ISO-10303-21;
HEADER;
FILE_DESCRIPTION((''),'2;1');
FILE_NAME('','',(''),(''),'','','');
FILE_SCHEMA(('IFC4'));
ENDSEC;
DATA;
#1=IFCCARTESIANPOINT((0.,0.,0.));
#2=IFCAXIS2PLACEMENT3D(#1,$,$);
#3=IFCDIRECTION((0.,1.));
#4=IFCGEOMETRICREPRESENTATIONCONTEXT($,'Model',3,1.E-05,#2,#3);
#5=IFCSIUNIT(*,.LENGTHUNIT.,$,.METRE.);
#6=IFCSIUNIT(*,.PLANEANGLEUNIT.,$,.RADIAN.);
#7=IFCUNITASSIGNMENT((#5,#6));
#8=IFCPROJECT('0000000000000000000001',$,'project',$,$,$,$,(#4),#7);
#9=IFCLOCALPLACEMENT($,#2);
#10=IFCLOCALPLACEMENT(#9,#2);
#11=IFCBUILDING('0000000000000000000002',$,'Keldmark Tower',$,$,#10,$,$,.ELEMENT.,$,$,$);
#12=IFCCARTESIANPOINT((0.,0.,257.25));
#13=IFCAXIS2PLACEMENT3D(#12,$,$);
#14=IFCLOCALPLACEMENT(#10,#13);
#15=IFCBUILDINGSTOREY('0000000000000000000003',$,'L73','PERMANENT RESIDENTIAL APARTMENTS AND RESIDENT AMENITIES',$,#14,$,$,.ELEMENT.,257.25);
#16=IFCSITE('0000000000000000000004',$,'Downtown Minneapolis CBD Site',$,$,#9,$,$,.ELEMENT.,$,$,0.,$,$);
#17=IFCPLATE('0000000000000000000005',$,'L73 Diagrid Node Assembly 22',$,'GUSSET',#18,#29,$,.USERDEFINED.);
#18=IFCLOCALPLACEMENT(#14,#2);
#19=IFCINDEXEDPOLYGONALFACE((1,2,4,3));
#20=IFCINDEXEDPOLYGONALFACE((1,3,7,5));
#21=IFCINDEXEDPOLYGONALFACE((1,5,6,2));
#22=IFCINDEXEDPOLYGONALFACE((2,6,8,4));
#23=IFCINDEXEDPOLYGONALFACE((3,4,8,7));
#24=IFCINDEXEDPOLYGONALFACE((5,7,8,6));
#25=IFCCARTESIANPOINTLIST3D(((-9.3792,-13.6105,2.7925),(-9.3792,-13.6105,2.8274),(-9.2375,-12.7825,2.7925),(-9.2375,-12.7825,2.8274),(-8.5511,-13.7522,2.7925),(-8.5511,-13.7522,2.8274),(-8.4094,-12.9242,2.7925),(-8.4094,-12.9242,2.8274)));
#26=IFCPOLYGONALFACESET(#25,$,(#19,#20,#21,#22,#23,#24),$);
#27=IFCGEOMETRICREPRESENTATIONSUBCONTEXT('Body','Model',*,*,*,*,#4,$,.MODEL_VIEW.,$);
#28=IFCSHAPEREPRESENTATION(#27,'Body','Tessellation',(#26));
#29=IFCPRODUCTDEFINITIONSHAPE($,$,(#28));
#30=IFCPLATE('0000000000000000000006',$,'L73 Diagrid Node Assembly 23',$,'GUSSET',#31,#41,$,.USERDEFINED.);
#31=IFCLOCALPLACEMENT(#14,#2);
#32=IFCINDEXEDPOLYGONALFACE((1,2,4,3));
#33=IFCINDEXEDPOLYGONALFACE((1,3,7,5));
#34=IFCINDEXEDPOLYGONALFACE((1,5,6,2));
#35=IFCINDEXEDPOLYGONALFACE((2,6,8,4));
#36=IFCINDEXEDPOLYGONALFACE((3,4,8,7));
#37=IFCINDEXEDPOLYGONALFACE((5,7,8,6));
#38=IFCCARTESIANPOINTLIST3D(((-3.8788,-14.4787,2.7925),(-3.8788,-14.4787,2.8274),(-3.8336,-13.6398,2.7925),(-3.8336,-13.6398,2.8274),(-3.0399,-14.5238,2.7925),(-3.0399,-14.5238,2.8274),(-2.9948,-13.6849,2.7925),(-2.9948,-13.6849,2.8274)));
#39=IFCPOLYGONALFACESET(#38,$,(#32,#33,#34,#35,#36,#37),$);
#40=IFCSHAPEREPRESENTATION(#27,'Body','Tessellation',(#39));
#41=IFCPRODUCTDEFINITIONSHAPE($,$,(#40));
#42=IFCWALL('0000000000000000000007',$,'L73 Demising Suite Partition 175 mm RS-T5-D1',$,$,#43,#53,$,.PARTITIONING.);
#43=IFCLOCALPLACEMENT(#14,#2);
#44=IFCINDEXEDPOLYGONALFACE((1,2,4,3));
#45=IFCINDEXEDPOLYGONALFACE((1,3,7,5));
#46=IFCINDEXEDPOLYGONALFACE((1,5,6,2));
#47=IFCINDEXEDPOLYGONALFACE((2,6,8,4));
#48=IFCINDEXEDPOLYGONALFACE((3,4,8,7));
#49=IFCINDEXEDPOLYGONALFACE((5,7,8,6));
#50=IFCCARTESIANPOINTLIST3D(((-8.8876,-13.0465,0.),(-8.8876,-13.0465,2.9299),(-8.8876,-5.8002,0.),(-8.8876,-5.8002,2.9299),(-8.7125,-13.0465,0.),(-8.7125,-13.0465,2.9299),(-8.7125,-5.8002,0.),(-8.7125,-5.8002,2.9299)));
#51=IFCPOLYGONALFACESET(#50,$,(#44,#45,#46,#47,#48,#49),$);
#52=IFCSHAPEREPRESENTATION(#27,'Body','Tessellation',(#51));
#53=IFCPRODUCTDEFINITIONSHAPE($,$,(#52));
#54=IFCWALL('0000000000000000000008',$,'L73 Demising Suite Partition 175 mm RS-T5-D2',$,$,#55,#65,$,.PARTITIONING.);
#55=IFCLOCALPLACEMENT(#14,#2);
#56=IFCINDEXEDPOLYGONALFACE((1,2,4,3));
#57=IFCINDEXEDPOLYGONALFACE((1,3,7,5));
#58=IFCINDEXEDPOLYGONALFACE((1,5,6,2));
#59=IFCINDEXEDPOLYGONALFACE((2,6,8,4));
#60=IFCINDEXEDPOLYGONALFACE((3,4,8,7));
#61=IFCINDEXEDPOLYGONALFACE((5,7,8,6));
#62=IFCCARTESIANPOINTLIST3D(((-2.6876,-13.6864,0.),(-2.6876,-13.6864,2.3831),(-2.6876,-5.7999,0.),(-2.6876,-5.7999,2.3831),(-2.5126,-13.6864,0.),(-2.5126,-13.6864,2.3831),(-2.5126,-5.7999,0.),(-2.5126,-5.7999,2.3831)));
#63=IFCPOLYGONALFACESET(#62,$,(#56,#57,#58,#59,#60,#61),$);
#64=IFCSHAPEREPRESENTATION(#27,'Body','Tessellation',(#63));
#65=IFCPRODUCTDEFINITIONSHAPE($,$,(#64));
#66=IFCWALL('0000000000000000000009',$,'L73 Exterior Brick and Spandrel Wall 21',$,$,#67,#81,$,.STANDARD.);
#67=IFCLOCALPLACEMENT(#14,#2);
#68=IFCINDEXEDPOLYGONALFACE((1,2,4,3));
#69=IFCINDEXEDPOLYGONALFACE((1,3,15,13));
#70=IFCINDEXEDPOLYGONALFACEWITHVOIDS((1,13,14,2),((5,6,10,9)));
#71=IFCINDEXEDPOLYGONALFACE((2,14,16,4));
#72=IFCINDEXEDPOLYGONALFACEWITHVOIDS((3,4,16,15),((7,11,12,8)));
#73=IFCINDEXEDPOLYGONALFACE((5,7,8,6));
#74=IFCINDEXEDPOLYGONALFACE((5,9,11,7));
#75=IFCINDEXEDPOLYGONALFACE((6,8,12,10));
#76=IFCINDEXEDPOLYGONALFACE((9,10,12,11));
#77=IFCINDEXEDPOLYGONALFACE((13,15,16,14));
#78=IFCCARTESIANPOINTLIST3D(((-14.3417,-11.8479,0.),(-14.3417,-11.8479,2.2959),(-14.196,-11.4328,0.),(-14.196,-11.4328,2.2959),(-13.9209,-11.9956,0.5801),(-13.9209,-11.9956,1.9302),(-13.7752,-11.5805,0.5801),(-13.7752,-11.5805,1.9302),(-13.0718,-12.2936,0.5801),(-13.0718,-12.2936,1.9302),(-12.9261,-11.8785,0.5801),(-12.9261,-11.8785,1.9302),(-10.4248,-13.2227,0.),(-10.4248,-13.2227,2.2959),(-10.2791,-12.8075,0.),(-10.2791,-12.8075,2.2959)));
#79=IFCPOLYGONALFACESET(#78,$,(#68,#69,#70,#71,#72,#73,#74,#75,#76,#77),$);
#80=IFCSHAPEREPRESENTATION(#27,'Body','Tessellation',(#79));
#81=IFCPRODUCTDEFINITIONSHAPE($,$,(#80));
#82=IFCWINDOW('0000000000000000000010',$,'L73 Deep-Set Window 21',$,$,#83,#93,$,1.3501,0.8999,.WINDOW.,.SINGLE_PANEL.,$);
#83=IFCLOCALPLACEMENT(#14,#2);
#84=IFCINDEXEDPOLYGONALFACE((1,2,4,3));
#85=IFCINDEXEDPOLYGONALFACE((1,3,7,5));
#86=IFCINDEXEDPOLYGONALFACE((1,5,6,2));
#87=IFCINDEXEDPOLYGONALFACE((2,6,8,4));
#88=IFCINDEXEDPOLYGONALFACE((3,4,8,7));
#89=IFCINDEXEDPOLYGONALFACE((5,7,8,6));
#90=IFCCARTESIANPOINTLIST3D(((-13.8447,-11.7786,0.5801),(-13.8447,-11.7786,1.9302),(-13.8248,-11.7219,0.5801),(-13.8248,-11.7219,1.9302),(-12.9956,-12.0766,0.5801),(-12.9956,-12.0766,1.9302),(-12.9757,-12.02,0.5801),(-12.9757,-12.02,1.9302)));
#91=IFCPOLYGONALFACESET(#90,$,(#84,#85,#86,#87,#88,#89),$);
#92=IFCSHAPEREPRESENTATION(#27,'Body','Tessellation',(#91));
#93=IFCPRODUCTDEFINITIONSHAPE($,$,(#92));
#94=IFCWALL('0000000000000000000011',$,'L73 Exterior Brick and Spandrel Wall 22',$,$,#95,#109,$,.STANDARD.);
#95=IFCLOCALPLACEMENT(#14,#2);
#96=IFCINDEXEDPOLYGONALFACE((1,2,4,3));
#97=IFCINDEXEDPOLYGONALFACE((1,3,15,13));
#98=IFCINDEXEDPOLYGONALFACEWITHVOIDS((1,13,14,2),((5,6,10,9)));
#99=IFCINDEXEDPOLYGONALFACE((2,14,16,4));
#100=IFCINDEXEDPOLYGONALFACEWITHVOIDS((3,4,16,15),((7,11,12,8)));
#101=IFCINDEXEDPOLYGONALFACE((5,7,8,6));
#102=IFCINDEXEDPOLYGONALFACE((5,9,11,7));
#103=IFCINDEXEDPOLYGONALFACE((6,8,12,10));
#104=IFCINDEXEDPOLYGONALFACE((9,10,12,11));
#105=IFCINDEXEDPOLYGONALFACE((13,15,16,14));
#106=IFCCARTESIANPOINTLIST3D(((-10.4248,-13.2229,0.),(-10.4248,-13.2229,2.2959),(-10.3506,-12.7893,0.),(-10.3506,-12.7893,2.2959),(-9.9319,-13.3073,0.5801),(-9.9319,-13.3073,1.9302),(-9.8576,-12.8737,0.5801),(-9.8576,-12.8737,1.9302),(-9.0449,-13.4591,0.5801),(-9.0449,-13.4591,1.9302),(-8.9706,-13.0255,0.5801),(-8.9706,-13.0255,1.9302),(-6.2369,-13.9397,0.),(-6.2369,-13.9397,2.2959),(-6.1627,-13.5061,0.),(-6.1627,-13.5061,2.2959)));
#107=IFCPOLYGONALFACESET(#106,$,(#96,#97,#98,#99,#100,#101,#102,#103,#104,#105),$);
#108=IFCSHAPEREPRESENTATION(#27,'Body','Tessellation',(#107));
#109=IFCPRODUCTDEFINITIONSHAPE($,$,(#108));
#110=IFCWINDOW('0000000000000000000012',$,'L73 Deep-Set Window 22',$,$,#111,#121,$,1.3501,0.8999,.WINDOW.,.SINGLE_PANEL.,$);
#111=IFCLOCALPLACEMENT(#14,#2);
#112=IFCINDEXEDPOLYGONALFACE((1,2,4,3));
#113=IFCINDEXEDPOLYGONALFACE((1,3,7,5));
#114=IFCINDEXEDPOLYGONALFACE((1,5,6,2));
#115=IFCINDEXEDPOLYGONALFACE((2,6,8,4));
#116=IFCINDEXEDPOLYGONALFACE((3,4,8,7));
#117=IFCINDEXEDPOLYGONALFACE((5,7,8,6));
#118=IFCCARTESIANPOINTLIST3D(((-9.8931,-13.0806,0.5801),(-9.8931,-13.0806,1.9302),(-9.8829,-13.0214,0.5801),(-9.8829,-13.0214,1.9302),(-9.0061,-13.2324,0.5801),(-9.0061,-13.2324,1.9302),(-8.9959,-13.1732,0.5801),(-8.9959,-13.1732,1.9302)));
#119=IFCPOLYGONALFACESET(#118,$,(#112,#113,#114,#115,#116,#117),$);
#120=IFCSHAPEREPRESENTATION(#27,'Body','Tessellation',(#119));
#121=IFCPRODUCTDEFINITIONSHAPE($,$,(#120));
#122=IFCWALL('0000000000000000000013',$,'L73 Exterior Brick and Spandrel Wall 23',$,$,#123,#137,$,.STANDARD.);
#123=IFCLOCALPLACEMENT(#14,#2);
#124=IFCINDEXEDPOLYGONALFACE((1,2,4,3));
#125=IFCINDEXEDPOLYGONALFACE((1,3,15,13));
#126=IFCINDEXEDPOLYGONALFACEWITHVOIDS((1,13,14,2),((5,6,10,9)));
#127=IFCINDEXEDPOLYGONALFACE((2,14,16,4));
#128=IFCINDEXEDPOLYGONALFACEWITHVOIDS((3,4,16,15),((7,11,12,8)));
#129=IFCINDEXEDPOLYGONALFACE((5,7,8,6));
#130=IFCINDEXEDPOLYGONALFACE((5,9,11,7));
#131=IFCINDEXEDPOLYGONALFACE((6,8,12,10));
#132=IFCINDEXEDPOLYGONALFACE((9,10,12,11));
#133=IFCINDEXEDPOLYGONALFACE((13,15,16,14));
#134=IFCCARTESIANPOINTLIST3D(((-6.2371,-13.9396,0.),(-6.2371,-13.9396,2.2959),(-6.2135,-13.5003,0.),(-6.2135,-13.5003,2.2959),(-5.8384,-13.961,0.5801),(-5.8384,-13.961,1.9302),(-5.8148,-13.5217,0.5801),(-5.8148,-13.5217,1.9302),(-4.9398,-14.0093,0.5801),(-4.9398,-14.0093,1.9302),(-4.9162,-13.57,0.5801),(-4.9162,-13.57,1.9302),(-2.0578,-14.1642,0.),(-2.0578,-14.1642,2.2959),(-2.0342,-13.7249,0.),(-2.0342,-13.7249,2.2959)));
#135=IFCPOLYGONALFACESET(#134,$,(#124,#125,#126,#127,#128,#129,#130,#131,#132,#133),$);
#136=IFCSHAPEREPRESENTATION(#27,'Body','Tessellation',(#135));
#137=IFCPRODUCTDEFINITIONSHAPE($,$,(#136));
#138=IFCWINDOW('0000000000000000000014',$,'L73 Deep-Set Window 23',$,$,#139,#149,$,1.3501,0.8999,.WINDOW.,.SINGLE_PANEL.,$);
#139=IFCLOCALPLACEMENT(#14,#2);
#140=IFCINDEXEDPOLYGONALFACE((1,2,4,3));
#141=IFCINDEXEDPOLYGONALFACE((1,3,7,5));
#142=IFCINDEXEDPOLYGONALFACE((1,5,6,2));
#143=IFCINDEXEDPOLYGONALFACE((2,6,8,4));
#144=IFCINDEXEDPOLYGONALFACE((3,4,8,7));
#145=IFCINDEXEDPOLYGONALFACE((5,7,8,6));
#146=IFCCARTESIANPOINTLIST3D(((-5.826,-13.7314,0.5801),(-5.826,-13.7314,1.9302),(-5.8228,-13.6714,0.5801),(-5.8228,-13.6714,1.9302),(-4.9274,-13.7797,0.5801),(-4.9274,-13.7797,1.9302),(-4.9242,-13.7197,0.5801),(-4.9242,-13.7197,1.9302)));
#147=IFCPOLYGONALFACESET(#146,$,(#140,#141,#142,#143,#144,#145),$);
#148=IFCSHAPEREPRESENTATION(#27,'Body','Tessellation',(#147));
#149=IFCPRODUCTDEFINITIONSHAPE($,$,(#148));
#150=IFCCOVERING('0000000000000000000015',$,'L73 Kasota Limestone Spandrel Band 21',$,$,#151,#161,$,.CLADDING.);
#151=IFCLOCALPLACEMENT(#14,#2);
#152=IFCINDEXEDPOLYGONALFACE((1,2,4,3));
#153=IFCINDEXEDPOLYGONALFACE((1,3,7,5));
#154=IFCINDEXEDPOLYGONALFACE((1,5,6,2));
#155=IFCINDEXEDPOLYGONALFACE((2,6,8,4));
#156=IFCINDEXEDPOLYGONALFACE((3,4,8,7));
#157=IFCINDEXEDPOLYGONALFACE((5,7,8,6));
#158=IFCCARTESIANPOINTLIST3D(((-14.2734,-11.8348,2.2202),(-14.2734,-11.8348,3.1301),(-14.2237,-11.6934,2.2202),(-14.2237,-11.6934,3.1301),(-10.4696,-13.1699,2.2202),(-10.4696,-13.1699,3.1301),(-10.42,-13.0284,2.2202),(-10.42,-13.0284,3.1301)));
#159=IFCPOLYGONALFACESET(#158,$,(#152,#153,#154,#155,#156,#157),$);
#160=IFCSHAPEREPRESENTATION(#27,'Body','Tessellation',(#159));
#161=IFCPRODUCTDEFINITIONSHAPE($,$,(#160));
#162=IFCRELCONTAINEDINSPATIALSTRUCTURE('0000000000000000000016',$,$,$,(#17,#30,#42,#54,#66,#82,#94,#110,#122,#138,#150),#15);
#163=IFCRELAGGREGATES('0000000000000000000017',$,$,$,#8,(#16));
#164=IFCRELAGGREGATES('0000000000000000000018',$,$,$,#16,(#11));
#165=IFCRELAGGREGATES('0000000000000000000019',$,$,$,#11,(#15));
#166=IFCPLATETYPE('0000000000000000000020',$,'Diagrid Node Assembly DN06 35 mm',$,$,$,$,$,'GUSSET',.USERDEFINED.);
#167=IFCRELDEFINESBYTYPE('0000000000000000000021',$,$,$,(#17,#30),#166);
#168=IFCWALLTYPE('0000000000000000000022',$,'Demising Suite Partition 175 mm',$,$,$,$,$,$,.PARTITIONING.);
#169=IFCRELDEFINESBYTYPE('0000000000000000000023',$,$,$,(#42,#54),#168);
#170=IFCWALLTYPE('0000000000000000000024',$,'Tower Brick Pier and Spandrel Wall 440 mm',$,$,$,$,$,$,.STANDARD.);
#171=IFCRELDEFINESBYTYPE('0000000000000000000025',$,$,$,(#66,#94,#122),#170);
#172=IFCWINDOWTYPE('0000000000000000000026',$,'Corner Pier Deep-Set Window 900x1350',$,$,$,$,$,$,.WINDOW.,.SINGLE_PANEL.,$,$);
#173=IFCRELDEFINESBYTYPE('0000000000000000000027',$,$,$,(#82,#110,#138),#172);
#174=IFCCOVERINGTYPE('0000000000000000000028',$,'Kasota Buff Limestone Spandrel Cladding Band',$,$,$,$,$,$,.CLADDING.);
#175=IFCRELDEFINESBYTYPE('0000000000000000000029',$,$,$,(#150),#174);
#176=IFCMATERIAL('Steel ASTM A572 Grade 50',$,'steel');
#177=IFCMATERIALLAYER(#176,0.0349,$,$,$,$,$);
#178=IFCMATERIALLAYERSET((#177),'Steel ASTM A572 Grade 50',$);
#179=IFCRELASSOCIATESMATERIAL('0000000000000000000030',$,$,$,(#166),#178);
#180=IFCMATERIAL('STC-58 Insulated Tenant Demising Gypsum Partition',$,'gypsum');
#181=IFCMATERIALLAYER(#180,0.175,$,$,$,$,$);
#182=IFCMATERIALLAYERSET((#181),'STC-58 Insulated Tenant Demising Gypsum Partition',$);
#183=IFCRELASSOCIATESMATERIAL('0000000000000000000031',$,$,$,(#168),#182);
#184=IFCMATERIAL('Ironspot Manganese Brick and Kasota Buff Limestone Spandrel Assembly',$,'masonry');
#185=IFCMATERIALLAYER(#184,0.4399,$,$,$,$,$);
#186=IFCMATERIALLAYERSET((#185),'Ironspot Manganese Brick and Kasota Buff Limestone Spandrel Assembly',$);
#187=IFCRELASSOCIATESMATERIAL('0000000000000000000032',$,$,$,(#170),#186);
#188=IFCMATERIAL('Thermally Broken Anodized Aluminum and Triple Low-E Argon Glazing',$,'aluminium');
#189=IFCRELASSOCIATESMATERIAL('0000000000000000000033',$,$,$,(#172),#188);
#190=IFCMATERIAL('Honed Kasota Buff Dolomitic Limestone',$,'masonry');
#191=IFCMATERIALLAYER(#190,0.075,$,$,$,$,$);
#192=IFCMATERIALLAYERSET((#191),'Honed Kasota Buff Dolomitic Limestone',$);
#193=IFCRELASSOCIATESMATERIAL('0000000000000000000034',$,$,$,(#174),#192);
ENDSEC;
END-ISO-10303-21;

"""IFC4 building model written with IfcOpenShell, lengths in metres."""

from ifc_helpers import new_model, si_unit, direction, frame, frame_2d, origin, origin_2d, place, context, subcontext, project, spatial, rectangle, extrude, material, layer, layer_set, type_object, element, fill, save


model = new_model("IFC4")

# Units and contexts
model_context = context("Model", 3, precision=1e-05, world=origin(), true_north=direction((0.0, 1.0)))
body_context = subcontext(model_context, "Body", "Model", "MODEL_VIEW")
ifc_project = project(units=[si_unit("LENGTHUNIT", "METRE"), si_unit("PLANEANGLEUNIT", "RADIAN")], contexts=[model_context])

# Site, building, storey
site_placement = place(None, origin())
site = spatial("IfcSite", under=ifc_project, at=site_placement, Name="Downtown Minneapolis CBD Site", CompositionType="ELEMENT", RefElevation=0.0)
building_placement = place(site_placement, origin())
building = spatial("IfcBuilding", under=site, at=building_placement, Name="Keldmark Tower", CompositionType="ELEMENT")
storey_placement = place(building_placement, frame((0.0, 0.0, 257.25)))
storey = spatial("IfcBuildingStorey", under=building, at=storey_placement, Name="L73", Description="PERMANENT RESIDENTIAL APARTMENTS AND RESIDENT AMENITIES", CompositionType="ELEMENT", Elevation=257.25)

# Plates
ifc_material_1 = material(Name="Steel ASTM A572 Grade 50", Category="steel")
ifc_layer_1 = layer(ifc_material_1, 0.0349)
ifc_layer_set_1 = layer_set([ifc_layer_1], Name="Steel ASTM A572 Grade 50")
plate_type = type_object("IfcPlateType", Name="Diagrid Node Assembly DN06 35 mm", ElementType="GUSSET", PredefinedType="USERDEFINED", material=ifc_layer_set_1)
for number, where, z_axis, x_axis, name in (
    (1, (-8.8943, -13.2673, 2.7925), (0.0, 0.0, 1.0), (0.985674, -0.168661, 0.0), "L73 Diagrid Node Assembly 22"),
    (2, (-3.4368, -14.0818, 2.7925), (0.0, 0.0, 1.0), (0.998555, -0.05373, 0.0), "L73 Diagrid Node Assembly 23"),
):
    element("IfcPlate", number, at=place(storey_placement, frame(where, z_axis=z_axis, x_axis=x_axis)), inside=storey, type_object=plate_type, Name=name, ObjectType="GUSSET", PredefinedType="USERDEFINED", context=body_context, shape_type="SweptSolid", body=[
        extrude(rectangle(XDim=0.8401, YDim=0.8401, at=origin_2d()), origin(), (0.0, 0.0, 1.0), 0.0349),
    ])

# Walls
ifc_material_2 = material(Name="STC-58 Insulated Tenant Demising Gypsum Partition", Category="gypsum")
ifc_layer_2 = layer(ifc_material_2, 0.175)
ifc_layer_set_2 = layer_set([ifc_layer_2], Name="STC-58 Insulated Tenant Demising Gypsum Partition")
wall_type_1 = type_object("IfcWallType", Name="Demising Suite Partition 175 mm", PredefinedType="PARTITIONING", material=ifc_layer_set_2)
wall_1_placement = place(storey_placement, frame((-8.8, -13.0464, 0.0), z_axis=(0.0, 0.0, 1.0), x_axis=(0.0, 1.0, 0.0)))
element("IfcWall", 3, at=wall_1_placement, inside=storey, type_object=wall_type_1, Name="L73 Demising Suite Partition 175 mm RS-T5-D1", PredefinedType="PARTITIONING", context=body_context, shape_type="SweptSolid", body=[
    extrude(rectangle(XDim=7.2463, YDim=0.175, at=frame_2d((3.623, 0.0))), origin(), (0.0, 0.0, 1.0), 2.9299),
])
wall_2_placement = place(storey_placement, frame((-2.6001, -13.6865, 0.0), z_axis=(0.0, 0.0, 1.0), x_axis=(0.0, 1.0, 0.0)))
element("IfcWall", 4, at=wall_2_placement, inside=storey, type_object=wall_type_1, Name="L73 Demising Suite Partition 175 mm RS-T5-D2", PredefinedType="PARTITIONING", context=body_context, shape_type="SweptSolid", body=[
    extrude(rectangle(XDim=7.8865, YDim=0.175, at=frame_2d((3.9434, 0.0))), origin(), (0.0, 0.0, 1.0), 2.3831),
])

# Walls, openings, windows
ifc_material_3 = material(Name="Ironspot Manganese Brick and Kasota Buff Limestone Spandrel Assembly", Category="masonry")
ifc_layer_3 = layer(ifc_material_3, 0.4399)
ifc_layer_set_3 = layer_set([ifc_layer_3], Name="Ironspot Manganese Brick and Kasota Buff Limestone Spandrel Assembly")
wall_type_2 = type_object("IfcWallType", Name="Tower Brick Pier and Spandrel Wall 440 mm", PredefinedType="STANDARD", material=ifc_layer_set_3)
wall_3_placement = place(storey_placement, frame((-10.3518, -13.0151, 0.0), z_axis=(0.0, 0.0, 1.0), x_axis=(-0.943572, 0.331168, 0.0)))
wall_3 = element("IfcWall", 5, at=wall_3_placement, inside=storey, type_object=wall_type_2, Name="L73 Exterior Brick and Spandrel Wall 21", PredefinedType="STANDARD", context=body_context, shape_type="SweptSolid", body=[
    extrude(rectangle(XDim=4.1511, YDim=0.4399, at=frame_2d((2.0757, 0.0))), origin(), (0.0, 0.0, 1.0), 2.2959),
])
opening_1_placement = place(wall_3_placement, frame((2.8054, 0.0, 0.5801)))
opening_1 = element("IfcOpeningElement", 6, at=opening_1_placement, cuts=wall_3, PredefinedType="OPENING", context=body_context, shape_type="SweptSolid", body=[
    extrude(rectangle(XDim=0.8999, YDim=1.3501, at=frame_2d((0.45, 0.675))), frame((0.0, 0.23, 0.0), z_axis=(0.0, -1.0, 0.0), x_axis=(1.0, 0.0, 0.0)), (0.0, 0.0, 1.0), 0.46),
])
ifc_material_4 = material(Name="Thermally Broken Anodized Aluminum and Triple Low-E Argon Glazing", Category="aluminium")
window_type = type_object("IfcWindowType", Name="Corner Pier Deep-Set Window 900x1350", PartitioningType="SINGLE_PANEL", PredefinedType="WINDOW", material=ifc_material_4)
window_1_placement = place(opening_1_placement, origin())
window_1 = element("IfcWindow", 7, at=window_1_placement, inside=storey, type_object=window_type, Name="L73 Deep-Set Window 21", OverallHeight=1.3501, OverallWidth=0.8999, PartitioningType="SINGLE_PANEL", PredefinedType="WINDOW", context=body_context, shape_type="SweptSolid", body=[
    extrude(rectangle(XDim=0.8999, YDim=1.3501, at=frame_2d((0.45, 0.675))), frame((0.0, -0.01, 0.0), z_axis=(0.0, -1.0, 0.0), x_axis=(1.0, 0.0, 0.0)), (0.0, 0.0, 1.0), 0.0601),
])
fill(opening_1, window_1)
wall_4_placement = place(storey_placement, frame((-6.1997, -13.7229, 0.0), z_axis=(0.0, 0.0, 1.0), x_axis=(-0.985667, 0.168702, 0.0)))
wall_4 = element("IfcWall", 8, at=wall_4_placement, inside=storey, type_object=wall_type_2, Name="L73 Exterior Brick and Spandrel Wall 22", PredefinedType="STANDARD", context=body_context, shape_type="SweptSolid", body=[
    extrude(rectangle(XDim=4.2488, YDim=0.4399, at=frame_2d((2.1245, 0.0))), origin(), (0.0, 0.0, 1.0), 2.2959),
])
opening_2_placement = place(wall_4_placement, frame((2.8489, 0.0, 0.5801)))
opening_2 = element("IfcOpeningElement", 9, at=opening_2_placement, cuts=wall_4, PredefinedType="OPENING", context=body_context, shape_type="SweptSolid", body=[
    extrude(rectangle(XDim=0.8999, YDim=1.3501, at=frame_2d((0.45, 0.675))), frame((0.0, 0.23, 0.0), z_axis=(0.0, -1.0, 0.0), x_axis=(1.0, 0.0, 0.0)), (0.0, 0.0, 1.0), 0.46),
])
window_2_placement = place(opening_2_placement, origin())
window_2 = element("IfcWindow", 10, at=window_2_placement, inside=storey, type_object=window_type, Name="L73 Deep-Set Window 22", OverallHeight=1.3501, OverallWidth=0.8999, PartitioningType="SINGLE_PANEL", PredefinedType="WINDOW", context=body_context, shape_type="SweptSolid", body=[
    extrude(rectangle(XDim=0.8999, YDim=1.3501, at=frame_2d((0.45, 0.675))), frame((0.0, -0.01, 0.0), z_axis=(0.0, -1.0, 0.0), x_axis=(1.0, 0.0, 0.0)), (0.0, 0.0, 1.0), 0.0601),
])
fill(opening_2, window_2)
wall_5_placement = place(storey_placement, frame((-2.0459, -13.9446, 0.0), z_axis=(0.0, 0.0, 1.0), x_axis=(-0.998559, 0.053667, 0.0)))
wall_5 = element("IfcWall", 11, at=wall_5_placement, inside=storey, type_object=wall_type_2, Name="L73 Exterior Brick and Spandrel Wall 23", PredefinedType="STANDARD", context=body_context, shape_type="SweptSolid", body=[
    extrude(rectangle(XDim=4.1853, YDim=0.4399, at=frame_2d((2.0928, 0.0))), origin(), (0.0, 0.0, 1.0), 2.2959),
])
opening_3_placement = place(wall_5_placement, frame((2.8862, 0.0, 0.5801)))
opening_3 = element("IfcOpeningElement", 12, at=opening_3_placement, cuts=wall_5, PredefinedType="OPENING", context=body_context, shape_type="SweptSolid", body=[
    extrude(rectangle(XDim=0.8999, YDim=1.3501, at=frame_2d((0.45, 0.675))), frame((0.0, 0.23, 0.0), z_axis=(0.0, -1.0, 0.0), x_axis=(1.0, 0.0, 0.0)), (0.0, 0.0, 1.0), 0.46),
])
window_3_placement = place(opening_3_placement, origin())
window_3 = element("IfcWindow", 13, at=window_3_placement, inside=storey, type_object=window_type, Name="L73 Deep-Set Window 23", OverallHeight=1.3501, OverallWidth=0.8999, PartitioningType="SINGLE_PANEL", PredefinedType="WINDOW", context=body_context, shape_type="SweptSolid", body=[
    extrude(rectangle(XDim=0.8999, YDim=1.3501, at=frame_2d((0.45, 0.675))), frame((0.0, -0.01, 0.0), z_axis=(0.0, -1.0, 0.0), x_axis=(1.0, 0.0, 0.0)), (0.0, 0.0, 1.0), 0.0601),
])
fill(opening_3, window_3)

# Covering
ifc_material_5 = material(Name="Honed Kasota Buff Dolomitic Limestone", Category="masonry")
ifc_layer_4 = layer(ifc_material_5, 0.075)
ifc_layer_set_4 = layer_set([ifc_layer_4], Name="Honed Kasota Buff Dolomitic Limestone")
covering_type = type_object("IfcCoveringType", Name="Kasota Buff Limestone Spandrel Cladding Band", PredefinedType="CLADDING", material=ifc_layer_set_4)
covering_placement = place(storey_placement, frame((-12.3467, -12.4316, 2.2202), z_axis=(0.0, 0.0, 1.0), x_axis=(0.94357, -0.331173, 0.0)))
element("IfcCovering", 14, at=covering_placement, inside=storey, type_object=covering_type, Name="L73 Kasota Limestone Spandrel Band 21", PredefinedType="CLADDING", context=body_context, shape_type="SweptSolid", body=[
    extrude(rectangle(XDim=4.0312, YDim=0.1499, at=origin_2d()), origin(), (0.0, 0.0, 1.0), 0.9099),
])

save(model, "model.ifc")
